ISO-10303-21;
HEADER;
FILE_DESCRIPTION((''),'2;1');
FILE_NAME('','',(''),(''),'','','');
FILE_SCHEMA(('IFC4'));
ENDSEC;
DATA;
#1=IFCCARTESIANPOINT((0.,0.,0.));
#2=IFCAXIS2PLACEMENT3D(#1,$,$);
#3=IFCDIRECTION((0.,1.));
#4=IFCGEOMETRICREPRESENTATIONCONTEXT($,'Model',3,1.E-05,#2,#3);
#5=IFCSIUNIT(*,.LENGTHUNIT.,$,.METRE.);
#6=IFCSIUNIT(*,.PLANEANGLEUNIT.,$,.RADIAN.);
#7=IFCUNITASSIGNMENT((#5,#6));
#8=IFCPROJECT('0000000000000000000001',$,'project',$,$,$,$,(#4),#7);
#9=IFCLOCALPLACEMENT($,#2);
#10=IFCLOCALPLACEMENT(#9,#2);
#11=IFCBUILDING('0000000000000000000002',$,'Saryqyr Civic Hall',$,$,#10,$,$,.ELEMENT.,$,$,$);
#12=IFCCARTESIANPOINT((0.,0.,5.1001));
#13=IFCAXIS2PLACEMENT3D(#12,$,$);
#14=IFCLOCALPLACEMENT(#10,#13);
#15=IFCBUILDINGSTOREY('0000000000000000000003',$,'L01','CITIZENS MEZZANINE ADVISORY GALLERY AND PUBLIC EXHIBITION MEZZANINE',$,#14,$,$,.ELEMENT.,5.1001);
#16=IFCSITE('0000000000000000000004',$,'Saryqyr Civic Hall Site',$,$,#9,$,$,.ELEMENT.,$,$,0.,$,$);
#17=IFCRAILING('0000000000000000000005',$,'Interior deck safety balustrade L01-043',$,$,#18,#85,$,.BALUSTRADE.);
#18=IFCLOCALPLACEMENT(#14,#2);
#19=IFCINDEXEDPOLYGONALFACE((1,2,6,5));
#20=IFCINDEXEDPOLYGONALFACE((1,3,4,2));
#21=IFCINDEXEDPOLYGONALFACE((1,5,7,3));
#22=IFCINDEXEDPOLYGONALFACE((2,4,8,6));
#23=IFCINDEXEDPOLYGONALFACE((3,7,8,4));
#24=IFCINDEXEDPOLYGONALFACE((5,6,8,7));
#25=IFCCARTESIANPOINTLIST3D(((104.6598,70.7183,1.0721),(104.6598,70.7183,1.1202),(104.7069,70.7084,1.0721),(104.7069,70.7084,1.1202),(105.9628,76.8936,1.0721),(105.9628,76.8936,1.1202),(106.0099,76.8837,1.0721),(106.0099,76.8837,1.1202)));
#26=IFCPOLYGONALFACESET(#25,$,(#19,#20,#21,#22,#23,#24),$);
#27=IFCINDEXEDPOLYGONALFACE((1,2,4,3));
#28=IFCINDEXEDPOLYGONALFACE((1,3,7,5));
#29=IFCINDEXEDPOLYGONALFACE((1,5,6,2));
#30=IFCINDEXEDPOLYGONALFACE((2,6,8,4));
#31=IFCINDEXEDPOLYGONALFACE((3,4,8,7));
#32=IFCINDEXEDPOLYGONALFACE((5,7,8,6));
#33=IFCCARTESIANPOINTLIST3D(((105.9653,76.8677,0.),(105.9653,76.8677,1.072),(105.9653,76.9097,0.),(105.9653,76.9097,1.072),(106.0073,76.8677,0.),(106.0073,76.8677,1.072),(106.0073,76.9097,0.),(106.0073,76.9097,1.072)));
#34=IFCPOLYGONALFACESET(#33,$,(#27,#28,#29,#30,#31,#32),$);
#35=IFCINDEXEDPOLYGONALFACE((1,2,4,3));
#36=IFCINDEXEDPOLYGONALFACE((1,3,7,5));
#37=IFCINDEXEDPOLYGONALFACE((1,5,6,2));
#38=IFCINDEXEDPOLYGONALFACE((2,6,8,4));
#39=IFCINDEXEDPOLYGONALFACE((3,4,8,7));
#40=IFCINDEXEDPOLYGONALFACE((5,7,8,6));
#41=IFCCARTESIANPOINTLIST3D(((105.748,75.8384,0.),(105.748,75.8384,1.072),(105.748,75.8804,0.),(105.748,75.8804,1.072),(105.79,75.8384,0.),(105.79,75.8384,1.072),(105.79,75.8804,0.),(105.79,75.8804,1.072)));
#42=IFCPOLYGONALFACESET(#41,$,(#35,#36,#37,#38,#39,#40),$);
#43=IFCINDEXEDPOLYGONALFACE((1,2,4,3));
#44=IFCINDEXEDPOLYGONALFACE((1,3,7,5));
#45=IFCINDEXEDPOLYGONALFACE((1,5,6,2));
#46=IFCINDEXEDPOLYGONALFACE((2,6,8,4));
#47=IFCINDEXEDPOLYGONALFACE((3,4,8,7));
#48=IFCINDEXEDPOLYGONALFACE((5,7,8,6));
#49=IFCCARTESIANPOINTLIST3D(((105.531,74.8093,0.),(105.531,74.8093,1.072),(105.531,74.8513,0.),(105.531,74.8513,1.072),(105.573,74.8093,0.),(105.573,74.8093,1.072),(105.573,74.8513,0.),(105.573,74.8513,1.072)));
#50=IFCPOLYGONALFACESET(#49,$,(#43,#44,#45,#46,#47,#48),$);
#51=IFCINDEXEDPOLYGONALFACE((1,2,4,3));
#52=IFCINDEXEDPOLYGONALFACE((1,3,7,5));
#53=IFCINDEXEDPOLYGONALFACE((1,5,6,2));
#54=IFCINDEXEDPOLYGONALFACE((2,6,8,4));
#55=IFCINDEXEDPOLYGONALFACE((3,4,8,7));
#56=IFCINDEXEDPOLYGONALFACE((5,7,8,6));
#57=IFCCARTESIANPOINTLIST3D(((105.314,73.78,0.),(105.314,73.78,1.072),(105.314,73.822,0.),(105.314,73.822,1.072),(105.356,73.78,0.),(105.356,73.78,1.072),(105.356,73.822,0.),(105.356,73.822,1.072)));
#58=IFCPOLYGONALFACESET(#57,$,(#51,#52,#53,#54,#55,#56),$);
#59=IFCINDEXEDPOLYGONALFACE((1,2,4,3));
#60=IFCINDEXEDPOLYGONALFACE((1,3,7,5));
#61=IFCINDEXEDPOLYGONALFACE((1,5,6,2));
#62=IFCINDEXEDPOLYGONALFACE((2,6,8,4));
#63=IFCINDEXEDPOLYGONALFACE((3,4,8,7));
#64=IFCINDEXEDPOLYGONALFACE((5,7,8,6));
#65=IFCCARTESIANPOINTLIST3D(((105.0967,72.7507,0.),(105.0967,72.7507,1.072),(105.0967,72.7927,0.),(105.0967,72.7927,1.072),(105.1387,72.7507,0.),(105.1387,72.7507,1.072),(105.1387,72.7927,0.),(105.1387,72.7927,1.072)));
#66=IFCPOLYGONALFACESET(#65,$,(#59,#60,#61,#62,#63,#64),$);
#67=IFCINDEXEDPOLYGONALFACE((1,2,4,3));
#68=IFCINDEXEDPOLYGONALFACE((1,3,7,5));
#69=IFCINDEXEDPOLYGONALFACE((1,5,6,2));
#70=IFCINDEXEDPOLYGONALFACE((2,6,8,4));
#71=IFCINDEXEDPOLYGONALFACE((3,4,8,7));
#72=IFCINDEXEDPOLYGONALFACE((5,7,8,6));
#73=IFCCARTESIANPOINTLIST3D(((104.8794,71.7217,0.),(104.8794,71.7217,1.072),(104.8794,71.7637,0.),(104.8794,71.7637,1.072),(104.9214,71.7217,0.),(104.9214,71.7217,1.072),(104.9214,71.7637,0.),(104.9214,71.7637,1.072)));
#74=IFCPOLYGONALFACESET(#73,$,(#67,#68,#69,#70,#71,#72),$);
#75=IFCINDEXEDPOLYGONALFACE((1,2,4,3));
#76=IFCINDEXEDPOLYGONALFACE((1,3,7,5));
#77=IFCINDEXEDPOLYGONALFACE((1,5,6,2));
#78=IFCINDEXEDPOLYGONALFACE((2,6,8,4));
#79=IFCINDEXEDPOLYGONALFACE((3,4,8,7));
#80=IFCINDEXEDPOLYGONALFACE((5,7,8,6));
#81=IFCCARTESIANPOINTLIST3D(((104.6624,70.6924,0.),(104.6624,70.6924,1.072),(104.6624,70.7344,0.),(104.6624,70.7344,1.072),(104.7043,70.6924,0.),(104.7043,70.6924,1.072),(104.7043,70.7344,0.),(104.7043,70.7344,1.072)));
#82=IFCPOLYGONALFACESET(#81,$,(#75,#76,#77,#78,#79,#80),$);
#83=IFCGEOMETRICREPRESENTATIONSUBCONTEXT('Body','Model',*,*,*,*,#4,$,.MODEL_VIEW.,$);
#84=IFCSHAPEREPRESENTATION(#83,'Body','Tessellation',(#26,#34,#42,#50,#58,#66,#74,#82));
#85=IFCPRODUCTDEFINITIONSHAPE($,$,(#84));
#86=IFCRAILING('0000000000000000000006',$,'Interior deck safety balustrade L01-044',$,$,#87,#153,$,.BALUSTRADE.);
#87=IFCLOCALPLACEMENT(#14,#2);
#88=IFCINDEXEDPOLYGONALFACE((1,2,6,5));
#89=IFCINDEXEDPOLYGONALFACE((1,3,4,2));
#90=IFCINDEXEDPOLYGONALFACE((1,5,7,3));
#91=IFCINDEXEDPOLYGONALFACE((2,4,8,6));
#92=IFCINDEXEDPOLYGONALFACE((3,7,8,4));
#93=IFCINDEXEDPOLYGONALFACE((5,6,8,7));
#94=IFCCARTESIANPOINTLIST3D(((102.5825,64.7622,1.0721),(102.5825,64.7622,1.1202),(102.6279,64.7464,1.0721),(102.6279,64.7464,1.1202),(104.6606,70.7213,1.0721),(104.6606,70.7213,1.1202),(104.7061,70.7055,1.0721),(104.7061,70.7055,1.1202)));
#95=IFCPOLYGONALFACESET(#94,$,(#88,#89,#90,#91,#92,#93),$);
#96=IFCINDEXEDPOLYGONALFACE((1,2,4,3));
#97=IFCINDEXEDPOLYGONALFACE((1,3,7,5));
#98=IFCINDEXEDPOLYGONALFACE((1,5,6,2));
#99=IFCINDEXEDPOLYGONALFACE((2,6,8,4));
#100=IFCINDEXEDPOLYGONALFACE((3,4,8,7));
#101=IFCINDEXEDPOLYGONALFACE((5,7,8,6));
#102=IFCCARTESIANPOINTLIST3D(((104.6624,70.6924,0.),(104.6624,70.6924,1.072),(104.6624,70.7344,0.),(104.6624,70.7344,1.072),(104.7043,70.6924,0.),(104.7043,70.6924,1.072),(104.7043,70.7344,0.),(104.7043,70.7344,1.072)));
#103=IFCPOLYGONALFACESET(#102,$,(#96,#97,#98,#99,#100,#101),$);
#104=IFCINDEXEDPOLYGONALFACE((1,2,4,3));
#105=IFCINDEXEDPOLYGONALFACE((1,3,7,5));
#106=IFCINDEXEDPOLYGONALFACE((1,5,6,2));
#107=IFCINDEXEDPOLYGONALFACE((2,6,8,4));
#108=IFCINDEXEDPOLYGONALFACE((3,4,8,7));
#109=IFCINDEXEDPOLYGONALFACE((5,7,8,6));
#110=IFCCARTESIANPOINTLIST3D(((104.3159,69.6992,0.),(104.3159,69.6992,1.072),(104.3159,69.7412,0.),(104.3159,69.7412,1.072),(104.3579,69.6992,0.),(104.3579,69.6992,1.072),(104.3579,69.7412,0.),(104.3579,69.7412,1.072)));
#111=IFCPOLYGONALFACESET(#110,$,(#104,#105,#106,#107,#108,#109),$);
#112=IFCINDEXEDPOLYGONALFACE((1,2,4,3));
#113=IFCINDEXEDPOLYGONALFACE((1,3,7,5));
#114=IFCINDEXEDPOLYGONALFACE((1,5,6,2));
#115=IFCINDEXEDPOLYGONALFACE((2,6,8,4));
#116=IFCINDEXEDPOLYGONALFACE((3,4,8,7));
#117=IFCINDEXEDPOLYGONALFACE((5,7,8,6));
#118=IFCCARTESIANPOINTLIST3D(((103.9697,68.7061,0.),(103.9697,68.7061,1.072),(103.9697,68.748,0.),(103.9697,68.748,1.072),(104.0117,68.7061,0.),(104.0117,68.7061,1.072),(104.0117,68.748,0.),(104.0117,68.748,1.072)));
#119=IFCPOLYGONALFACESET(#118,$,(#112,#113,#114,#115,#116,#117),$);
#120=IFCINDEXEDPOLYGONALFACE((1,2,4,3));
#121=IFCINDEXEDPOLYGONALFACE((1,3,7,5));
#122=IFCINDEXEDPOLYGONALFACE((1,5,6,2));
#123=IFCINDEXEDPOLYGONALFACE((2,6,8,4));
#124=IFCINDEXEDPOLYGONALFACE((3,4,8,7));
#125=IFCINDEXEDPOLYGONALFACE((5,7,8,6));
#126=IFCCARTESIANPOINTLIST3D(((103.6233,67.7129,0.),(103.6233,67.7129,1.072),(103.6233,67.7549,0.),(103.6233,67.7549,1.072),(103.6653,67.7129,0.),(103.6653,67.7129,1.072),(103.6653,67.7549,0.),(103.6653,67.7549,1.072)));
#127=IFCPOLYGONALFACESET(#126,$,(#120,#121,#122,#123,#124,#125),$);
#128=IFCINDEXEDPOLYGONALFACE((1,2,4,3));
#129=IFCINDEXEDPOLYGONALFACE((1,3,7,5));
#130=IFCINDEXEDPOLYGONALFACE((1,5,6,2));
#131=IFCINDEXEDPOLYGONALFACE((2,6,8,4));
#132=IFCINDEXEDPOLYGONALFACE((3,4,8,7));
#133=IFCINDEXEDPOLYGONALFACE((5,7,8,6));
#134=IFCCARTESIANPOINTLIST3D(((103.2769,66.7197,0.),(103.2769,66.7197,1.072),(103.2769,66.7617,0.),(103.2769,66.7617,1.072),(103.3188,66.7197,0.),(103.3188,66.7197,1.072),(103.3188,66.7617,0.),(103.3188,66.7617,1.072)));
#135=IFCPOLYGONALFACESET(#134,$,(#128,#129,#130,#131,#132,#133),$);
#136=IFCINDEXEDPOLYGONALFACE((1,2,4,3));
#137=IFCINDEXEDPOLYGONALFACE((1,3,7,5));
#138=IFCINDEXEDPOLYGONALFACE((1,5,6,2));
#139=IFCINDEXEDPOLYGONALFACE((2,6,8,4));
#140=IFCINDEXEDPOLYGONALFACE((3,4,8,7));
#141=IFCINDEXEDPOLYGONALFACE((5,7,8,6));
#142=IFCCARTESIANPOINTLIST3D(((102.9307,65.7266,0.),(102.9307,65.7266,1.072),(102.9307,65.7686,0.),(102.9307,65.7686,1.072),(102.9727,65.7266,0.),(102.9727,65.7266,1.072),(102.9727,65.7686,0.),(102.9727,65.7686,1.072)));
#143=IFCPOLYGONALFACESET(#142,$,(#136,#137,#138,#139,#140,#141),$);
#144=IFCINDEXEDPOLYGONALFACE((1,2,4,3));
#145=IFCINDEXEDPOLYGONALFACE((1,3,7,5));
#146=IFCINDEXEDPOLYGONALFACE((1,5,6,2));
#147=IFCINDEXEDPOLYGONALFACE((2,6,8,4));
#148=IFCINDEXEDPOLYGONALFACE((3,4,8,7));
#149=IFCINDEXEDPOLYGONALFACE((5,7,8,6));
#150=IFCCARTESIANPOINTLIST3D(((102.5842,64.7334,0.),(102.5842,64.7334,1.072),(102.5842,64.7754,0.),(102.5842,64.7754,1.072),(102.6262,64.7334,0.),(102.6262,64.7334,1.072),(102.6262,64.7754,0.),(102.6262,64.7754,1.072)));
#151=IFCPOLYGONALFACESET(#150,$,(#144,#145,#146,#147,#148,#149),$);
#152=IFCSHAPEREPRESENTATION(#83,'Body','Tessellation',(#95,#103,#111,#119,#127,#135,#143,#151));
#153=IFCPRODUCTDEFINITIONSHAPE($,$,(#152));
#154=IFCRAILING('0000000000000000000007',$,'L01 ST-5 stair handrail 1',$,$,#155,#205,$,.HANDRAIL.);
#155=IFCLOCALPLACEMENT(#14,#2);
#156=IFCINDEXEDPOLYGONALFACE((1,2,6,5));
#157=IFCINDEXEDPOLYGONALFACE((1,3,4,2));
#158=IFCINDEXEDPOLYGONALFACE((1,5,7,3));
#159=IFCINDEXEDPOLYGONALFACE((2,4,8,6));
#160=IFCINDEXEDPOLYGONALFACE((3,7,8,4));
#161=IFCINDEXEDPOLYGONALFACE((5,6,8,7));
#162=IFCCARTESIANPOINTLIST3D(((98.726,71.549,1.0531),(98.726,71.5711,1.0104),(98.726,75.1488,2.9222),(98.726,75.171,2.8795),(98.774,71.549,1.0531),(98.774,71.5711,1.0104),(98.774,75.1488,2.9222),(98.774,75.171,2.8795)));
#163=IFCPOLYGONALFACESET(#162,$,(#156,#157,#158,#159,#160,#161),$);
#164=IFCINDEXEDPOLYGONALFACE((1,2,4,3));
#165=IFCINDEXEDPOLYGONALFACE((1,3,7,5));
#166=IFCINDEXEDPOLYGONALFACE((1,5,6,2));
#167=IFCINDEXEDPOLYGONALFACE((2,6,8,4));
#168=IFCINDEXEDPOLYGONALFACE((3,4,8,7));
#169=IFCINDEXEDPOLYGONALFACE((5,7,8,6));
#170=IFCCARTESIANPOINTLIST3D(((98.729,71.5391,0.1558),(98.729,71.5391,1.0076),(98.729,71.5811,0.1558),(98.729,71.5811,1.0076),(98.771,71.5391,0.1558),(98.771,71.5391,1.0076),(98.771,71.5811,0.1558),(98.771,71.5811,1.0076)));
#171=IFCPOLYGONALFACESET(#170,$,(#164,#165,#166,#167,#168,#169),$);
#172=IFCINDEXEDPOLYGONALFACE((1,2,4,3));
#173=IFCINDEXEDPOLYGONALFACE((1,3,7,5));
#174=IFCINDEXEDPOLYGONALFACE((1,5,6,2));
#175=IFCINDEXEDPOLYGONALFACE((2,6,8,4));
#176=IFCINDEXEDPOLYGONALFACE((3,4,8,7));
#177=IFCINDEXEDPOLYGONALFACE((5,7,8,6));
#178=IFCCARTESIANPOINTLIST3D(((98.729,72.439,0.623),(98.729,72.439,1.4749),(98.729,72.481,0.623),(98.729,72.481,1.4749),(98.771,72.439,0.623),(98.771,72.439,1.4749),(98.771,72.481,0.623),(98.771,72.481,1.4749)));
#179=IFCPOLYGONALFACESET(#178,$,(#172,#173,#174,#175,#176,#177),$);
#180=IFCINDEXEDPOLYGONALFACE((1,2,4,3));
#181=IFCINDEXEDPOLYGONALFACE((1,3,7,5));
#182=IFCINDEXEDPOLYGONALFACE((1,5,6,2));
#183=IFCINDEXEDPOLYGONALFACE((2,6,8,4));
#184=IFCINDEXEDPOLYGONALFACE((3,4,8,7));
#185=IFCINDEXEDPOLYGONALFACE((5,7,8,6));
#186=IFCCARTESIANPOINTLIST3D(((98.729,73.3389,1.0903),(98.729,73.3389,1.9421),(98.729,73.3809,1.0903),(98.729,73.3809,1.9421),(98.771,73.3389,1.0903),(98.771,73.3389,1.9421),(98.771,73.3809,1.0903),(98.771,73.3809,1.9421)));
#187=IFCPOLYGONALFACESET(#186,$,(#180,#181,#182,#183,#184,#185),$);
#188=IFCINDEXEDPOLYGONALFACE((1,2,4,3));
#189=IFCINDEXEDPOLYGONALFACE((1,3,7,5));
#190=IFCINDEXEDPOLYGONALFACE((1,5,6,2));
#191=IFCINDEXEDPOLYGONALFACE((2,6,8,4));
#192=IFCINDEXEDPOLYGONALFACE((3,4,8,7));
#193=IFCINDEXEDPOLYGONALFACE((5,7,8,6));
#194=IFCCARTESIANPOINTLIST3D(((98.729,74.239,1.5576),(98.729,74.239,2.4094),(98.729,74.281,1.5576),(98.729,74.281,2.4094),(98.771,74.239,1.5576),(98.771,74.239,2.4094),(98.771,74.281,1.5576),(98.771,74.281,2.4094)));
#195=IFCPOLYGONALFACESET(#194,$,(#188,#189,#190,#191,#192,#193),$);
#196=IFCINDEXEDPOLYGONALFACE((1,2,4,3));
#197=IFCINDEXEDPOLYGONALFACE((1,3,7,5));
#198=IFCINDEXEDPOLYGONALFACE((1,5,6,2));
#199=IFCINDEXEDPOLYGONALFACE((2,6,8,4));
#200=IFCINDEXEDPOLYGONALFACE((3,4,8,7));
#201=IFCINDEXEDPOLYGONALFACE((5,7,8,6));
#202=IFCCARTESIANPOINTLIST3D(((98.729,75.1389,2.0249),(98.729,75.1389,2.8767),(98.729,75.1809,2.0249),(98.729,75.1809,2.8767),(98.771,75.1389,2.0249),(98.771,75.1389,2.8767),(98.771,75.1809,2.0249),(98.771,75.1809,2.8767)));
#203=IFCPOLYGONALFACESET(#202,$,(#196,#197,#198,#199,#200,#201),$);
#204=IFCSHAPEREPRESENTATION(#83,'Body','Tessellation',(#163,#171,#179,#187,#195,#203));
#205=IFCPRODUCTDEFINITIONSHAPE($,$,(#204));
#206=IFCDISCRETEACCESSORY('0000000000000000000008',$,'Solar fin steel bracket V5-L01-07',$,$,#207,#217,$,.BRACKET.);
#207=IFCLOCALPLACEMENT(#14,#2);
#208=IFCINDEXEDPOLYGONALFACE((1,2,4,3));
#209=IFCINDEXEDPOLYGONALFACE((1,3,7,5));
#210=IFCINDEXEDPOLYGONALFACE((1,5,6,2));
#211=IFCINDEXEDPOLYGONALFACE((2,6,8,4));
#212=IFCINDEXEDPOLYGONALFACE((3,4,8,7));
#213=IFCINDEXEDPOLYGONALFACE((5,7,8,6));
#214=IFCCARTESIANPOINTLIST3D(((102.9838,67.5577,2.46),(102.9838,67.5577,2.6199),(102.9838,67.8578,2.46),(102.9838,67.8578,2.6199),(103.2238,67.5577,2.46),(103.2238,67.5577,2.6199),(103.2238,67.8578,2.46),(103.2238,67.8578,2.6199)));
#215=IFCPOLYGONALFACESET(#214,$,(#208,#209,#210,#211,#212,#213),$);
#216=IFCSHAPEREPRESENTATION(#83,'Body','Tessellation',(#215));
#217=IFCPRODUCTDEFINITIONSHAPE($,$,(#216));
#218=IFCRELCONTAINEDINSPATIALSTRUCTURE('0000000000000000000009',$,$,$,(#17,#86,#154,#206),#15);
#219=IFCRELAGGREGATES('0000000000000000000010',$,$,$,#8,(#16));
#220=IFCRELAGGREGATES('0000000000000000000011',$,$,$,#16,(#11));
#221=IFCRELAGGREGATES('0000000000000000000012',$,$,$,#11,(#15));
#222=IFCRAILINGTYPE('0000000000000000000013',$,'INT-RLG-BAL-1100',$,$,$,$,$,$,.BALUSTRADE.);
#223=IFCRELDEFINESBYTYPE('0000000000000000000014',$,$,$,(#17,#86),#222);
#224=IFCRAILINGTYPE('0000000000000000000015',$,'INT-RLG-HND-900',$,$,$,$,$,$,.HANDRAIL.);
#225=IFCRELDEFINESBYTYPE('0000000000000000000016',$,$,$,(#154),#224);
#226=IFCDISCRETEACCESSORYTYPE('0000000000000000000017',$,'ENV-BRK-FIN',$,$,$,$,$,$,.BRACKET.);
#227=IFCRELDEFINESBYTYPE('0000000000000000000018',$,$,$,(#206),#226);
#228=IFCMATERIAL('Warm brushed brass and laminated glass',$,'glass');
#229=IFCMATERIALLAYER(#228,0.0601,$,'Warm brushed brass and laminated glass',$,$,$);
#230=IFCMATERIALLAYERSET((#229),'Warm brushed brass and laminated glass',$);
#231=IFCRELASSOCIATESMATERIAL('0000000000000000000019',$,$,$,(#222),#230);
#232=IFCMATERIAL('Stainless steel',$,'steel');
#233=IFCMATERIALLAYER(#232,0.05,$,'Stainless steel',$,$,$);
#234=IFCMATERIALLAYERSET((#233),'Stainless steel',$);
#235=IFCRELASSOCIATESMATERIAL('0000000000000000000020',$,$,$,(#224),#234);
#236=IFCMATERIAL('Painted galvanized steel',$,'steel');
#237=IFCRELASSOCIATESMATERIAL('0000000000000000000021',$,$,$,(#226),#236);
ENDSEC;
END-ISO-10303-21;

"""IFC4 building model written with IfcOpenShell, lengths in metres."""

from ifc_helpers import new_model, si_unit, direction, frame, origin, origin_2d, place, context, subcontext, project, spatial, rectangle, extrude, material, layer, layer_set, type_object, element, save


model = new_model("IFC4")

# Units and contexts
model_context = context("Model", 3, precision=1e-05, world=origin(), true_north=direction((0.0, 1.0)))
body_context = subcontext(model_context, "Body", "Model", "MODEL_VIEW")
ifc_project = project(units=[si_unit("LENGTHUNIT", "METRE"), si_unit("PLANEANGLEUNIT", "RADIAN")], contexts=[model_context])

# Site, building, storey
site_placement = place(None, origin())
site = spatial("IfcSite", under=ifc_project, at=site_placement, Name="Saryqyr Civic Hall Site", CompositionType="ELEMENT", RefElevation=0.0)
building_placement = place(site_placement, origin())
building = spatial("IfcBuilding", under=site, at=building_placement, Name="Saryqyr Civic Hall", CompositionType="ELEMENT")
storey_placement = place(building_placement, frame((0.0, 0.0, 5.1001)))
storey = spatial("IfcBuildingStorey", under=building, at=storey_placement, Name="L01", Description="CITIZENS MEZZANINE ADVISORY GALLERY AND PUBLIC EXHIBITION MEZZANINE", CompositionType="ELEMENT", Elevation=5.1001)

# Shared definitions
ifc_material_1 = material(Name="Painted galvanized steel", Category="steel")

# Railings
ifc_material_2 = material(Name="Warm brushed brass and laminated glass", Category="glass")
ifc_layer_1 = layer(ifc_material_2, 0.0601, Name="Warm brushed brass and laminated glass")
ifc_layer_set_1 = layer_set([ifc_layer_1], Name="Warm brushed brass and laminated glass")
railing_type_1 = type_object("IfcRailingType", Name="INT-RLG-BAL-1100", PredefinedType="BALUSTRADE", material=ifc_layer_set_1)
railing_1_placement = place(storey_placement, frame((105.9863, 76.8887, 0.0)))
element("IfcRailing", 1, at=railing_1_placement, inside=storey, type_object=railing_type_1, Name="Interior deck safety balustrade L01-043", PredefinedType="BALUSTRADE", context=body_context, shape_type="SweptSolid", body=[
    extrude(rectangle(XDim=0.0481, YDim=0.0481, at=origin_2d()), frame((0.0, 0.0, 1.0962), z_axis=(-0.206453, -0.978457, 0.0), x_axis=(0.978457, -0.206453, 0.0)), (0.0, 0.0, 1.0), 6.3113),
    extrude(rectangle(XDim=0.042, YDim=0.042, at=origin_2d()), origin(), (0.0, 0.0, 1.0), 1.072),
    extrude(rectangle(XDim=0.042, YDim=0.042, at=origin_2d()), frame((-0.2173, -1.0293, 0.0)), (0.0, 0.0, 1.0), 1.072),
    extrude(rectangle(XDim=0.042, YDim=0.042, at=origin_2d()), frame((-0.4343, -2.0583, 0.0)), (0.0, 0.0, 1.0), 1.072),
    extrude(rectangle(XDim=0.042, YDim=0.042, at=origin_2d()), frame((-0.6514, -3.0876, 0.0)), (0.0, 0.0, 1.0), 1.072),
    extrude(rectangle(XDim=0.042, YDim=0.042, at=origin_2d()), frame((-0.8687, -4.1169, 0.0)), (0.0, 0.0, 1.0), 1.072),
    extrude(rectangle(XDim=0.042, YDim=0.042, at=origin_2d()), frame((-1.0859, -5.146, 0.0)), (0.0, 0.0, 1.0), 1.072),
    extrude(rectangle(XDim=0.042, YDim=0.042, at=origin_2d()), frame((-1.303, -6.1753, 0.0)), (0.0, 0.0, 1.0), 1.072),
])
railing_2_placement = place(storey_placement, frame((104.6833, 70.7134, 0.0)))
element("IfcRailing", 2, at=railing_2_placement, inside=storey, type_object=railing_type_1, Name="Interior deck safety balustrade L01-044", PredefinedType="BALUSTRADE", context=body_context, shape_type="SweptSolid", body=[
    extrude(rectangle(XDim=0.0481, YDim=0.0481, at=origin_2d()), frame((0.0, 0.0, 1.0962), z_axis=(-0.329289, -0.944229, 0.0), x_axis=(0.944229, -0.329289, 0.0)), (0.0, 0.0, 1.0), 6.311),
    extrude(rectangle(XDim=0.042, YDim=0.042, at=origin_2d()), origin(), (0.0, 0.0, 1.0), 1.072),
    extrude(rectangle(XDim=0.042, YDim=0.042, at=origin_2d()), frame((-0.3464, -0.9932, 0.0)), (0.0, 0.0, 1.0), 1.072),
    extrude(rectangle(XDim=0.042, YDim=0.042, at=origin_2d()), frame((-0.6926, -1.9863, 0.0)), (0.0, 0.0, 1.0), 1.072),
    extrude(rectangle(XDim=0.042, YDim=0.042, at=origin_2d()), frame((-1.0391, -2.9795, 0.0)), (0.0, 0.0, 1.0), 1.072),
    extrude(rectangle(XDim=0.042, YDim=0.042, at=origin_2d()), frame((-1.3855, -3.9727, 0.0)), (0.0, 0.0, 1.0), 1.072),
    extrude(rectangle(XDim=0.042, YDim=0.042, at=origin_2d()), frame((-1.7317, -4.9658, 0.0)), (0.0, 0.0, 1.0), 1.072),
    extrude(rectangle(XDim=0.042, YDim=0.042, at=origin_2d()), frame((-2.0781, -5.959, 0.0)), (0.0, 0.0, 1.0), 1.072),
])
ifc_material_3 = material(Name="Stainless steel", Category="steel")
ifc_layer_2 = layer(ifc_material_3, 0.05, Name="Stainless steel")
ifc_layer_set_2 = layer_set([ifc_layer_2], Name="Stainless steel")
railing_type_2 = type_object("IfcRailingType", Name="INT-RLG-HND-900", PredefinedType="HANDRAIL", material=ifc_layer_set_2)
railing_3_placement = place(storey_placement, frame((98.75, 71.5601, 0.1558)))
element("IfcRailing", 3, at=railing_3_placement, inside=storey, type_object=railing_type_2, Name="L01 ST-5 stair handrail 1", PredefinedType="HANDRAIL", context=body_context, shape_type="SweptSolid", body=[
    extrude(rectangle(XDim=0.0481, YDim=0.0481, at=origin_2d()), frame((0.0, 0.0, 0.876), z_axis=(0.0, 0.887497, 0.460813), x_axis=(-1.0, 0.0, 0.0)), (0.0, 0.0, 1.0), 4.0562),
    extrude(rectangle(XDim=0.042, YDim=0.042, at=origin_2d()), origin(), (0.0, 0.0, 1.0), 0.8518),
    extrude(rectangle(XDim=0.042, YDim=0.042, at=origin_2d()), frame((0.0, 0.8999, 0.4673)), (0.0, 0.0, 1.0), 0.8518),
    extrude(rectangle(XDim=0.042, YDim=0.042, at=origin_2d()), frame((0.0, 1.7998, 0.9346)), (0.0, 0.0, 1.0), 0.8518),
    extrude(rectangle(XDim=0.042, YDim=0.042, at=origin_2d()), frame((0.0, 2.7, 1.4019)), (0.0, 0.0, 1.0), 0.8518),
    extrude(rectangle(XDim=0.042, YDim=0.042, at=origin_2d()), frame((0.0, 3.5999, 1.8691)), (0.0, 0.0, 1.0), 0.8518),
])

# Discrete accessory
discrete_accessory_type = type_object("IfcDiscreteAccessoryType", Name="ENV-BRK-FIN", PredefinedType="BRACKET", material=ifc_material_1)
discrete_accessory_placement = place(storey_placement, frame((103.1038, 67.7078, 2.46), z_axis=(0.0, 0.0, 1.0), x_axis=(1.0, 0.0, 0.0)))
element("IfcDiscreteAccessory", 4, at=discrete_accessory_placement, inside=storey, type_object=discrete_accessory_type, Name="Solar fin steel bracket V5-L01-07", PredefinedType="BRACKET", context=body_context, shape_type="SweptSolid", body=[
    extrude(rectangle(XDim=0.24, YDim=0.3, at=origin_2d()), origin(), (0.0, 0.0, 1.0), 0.1599),
])

save(model, "model.ifc")
